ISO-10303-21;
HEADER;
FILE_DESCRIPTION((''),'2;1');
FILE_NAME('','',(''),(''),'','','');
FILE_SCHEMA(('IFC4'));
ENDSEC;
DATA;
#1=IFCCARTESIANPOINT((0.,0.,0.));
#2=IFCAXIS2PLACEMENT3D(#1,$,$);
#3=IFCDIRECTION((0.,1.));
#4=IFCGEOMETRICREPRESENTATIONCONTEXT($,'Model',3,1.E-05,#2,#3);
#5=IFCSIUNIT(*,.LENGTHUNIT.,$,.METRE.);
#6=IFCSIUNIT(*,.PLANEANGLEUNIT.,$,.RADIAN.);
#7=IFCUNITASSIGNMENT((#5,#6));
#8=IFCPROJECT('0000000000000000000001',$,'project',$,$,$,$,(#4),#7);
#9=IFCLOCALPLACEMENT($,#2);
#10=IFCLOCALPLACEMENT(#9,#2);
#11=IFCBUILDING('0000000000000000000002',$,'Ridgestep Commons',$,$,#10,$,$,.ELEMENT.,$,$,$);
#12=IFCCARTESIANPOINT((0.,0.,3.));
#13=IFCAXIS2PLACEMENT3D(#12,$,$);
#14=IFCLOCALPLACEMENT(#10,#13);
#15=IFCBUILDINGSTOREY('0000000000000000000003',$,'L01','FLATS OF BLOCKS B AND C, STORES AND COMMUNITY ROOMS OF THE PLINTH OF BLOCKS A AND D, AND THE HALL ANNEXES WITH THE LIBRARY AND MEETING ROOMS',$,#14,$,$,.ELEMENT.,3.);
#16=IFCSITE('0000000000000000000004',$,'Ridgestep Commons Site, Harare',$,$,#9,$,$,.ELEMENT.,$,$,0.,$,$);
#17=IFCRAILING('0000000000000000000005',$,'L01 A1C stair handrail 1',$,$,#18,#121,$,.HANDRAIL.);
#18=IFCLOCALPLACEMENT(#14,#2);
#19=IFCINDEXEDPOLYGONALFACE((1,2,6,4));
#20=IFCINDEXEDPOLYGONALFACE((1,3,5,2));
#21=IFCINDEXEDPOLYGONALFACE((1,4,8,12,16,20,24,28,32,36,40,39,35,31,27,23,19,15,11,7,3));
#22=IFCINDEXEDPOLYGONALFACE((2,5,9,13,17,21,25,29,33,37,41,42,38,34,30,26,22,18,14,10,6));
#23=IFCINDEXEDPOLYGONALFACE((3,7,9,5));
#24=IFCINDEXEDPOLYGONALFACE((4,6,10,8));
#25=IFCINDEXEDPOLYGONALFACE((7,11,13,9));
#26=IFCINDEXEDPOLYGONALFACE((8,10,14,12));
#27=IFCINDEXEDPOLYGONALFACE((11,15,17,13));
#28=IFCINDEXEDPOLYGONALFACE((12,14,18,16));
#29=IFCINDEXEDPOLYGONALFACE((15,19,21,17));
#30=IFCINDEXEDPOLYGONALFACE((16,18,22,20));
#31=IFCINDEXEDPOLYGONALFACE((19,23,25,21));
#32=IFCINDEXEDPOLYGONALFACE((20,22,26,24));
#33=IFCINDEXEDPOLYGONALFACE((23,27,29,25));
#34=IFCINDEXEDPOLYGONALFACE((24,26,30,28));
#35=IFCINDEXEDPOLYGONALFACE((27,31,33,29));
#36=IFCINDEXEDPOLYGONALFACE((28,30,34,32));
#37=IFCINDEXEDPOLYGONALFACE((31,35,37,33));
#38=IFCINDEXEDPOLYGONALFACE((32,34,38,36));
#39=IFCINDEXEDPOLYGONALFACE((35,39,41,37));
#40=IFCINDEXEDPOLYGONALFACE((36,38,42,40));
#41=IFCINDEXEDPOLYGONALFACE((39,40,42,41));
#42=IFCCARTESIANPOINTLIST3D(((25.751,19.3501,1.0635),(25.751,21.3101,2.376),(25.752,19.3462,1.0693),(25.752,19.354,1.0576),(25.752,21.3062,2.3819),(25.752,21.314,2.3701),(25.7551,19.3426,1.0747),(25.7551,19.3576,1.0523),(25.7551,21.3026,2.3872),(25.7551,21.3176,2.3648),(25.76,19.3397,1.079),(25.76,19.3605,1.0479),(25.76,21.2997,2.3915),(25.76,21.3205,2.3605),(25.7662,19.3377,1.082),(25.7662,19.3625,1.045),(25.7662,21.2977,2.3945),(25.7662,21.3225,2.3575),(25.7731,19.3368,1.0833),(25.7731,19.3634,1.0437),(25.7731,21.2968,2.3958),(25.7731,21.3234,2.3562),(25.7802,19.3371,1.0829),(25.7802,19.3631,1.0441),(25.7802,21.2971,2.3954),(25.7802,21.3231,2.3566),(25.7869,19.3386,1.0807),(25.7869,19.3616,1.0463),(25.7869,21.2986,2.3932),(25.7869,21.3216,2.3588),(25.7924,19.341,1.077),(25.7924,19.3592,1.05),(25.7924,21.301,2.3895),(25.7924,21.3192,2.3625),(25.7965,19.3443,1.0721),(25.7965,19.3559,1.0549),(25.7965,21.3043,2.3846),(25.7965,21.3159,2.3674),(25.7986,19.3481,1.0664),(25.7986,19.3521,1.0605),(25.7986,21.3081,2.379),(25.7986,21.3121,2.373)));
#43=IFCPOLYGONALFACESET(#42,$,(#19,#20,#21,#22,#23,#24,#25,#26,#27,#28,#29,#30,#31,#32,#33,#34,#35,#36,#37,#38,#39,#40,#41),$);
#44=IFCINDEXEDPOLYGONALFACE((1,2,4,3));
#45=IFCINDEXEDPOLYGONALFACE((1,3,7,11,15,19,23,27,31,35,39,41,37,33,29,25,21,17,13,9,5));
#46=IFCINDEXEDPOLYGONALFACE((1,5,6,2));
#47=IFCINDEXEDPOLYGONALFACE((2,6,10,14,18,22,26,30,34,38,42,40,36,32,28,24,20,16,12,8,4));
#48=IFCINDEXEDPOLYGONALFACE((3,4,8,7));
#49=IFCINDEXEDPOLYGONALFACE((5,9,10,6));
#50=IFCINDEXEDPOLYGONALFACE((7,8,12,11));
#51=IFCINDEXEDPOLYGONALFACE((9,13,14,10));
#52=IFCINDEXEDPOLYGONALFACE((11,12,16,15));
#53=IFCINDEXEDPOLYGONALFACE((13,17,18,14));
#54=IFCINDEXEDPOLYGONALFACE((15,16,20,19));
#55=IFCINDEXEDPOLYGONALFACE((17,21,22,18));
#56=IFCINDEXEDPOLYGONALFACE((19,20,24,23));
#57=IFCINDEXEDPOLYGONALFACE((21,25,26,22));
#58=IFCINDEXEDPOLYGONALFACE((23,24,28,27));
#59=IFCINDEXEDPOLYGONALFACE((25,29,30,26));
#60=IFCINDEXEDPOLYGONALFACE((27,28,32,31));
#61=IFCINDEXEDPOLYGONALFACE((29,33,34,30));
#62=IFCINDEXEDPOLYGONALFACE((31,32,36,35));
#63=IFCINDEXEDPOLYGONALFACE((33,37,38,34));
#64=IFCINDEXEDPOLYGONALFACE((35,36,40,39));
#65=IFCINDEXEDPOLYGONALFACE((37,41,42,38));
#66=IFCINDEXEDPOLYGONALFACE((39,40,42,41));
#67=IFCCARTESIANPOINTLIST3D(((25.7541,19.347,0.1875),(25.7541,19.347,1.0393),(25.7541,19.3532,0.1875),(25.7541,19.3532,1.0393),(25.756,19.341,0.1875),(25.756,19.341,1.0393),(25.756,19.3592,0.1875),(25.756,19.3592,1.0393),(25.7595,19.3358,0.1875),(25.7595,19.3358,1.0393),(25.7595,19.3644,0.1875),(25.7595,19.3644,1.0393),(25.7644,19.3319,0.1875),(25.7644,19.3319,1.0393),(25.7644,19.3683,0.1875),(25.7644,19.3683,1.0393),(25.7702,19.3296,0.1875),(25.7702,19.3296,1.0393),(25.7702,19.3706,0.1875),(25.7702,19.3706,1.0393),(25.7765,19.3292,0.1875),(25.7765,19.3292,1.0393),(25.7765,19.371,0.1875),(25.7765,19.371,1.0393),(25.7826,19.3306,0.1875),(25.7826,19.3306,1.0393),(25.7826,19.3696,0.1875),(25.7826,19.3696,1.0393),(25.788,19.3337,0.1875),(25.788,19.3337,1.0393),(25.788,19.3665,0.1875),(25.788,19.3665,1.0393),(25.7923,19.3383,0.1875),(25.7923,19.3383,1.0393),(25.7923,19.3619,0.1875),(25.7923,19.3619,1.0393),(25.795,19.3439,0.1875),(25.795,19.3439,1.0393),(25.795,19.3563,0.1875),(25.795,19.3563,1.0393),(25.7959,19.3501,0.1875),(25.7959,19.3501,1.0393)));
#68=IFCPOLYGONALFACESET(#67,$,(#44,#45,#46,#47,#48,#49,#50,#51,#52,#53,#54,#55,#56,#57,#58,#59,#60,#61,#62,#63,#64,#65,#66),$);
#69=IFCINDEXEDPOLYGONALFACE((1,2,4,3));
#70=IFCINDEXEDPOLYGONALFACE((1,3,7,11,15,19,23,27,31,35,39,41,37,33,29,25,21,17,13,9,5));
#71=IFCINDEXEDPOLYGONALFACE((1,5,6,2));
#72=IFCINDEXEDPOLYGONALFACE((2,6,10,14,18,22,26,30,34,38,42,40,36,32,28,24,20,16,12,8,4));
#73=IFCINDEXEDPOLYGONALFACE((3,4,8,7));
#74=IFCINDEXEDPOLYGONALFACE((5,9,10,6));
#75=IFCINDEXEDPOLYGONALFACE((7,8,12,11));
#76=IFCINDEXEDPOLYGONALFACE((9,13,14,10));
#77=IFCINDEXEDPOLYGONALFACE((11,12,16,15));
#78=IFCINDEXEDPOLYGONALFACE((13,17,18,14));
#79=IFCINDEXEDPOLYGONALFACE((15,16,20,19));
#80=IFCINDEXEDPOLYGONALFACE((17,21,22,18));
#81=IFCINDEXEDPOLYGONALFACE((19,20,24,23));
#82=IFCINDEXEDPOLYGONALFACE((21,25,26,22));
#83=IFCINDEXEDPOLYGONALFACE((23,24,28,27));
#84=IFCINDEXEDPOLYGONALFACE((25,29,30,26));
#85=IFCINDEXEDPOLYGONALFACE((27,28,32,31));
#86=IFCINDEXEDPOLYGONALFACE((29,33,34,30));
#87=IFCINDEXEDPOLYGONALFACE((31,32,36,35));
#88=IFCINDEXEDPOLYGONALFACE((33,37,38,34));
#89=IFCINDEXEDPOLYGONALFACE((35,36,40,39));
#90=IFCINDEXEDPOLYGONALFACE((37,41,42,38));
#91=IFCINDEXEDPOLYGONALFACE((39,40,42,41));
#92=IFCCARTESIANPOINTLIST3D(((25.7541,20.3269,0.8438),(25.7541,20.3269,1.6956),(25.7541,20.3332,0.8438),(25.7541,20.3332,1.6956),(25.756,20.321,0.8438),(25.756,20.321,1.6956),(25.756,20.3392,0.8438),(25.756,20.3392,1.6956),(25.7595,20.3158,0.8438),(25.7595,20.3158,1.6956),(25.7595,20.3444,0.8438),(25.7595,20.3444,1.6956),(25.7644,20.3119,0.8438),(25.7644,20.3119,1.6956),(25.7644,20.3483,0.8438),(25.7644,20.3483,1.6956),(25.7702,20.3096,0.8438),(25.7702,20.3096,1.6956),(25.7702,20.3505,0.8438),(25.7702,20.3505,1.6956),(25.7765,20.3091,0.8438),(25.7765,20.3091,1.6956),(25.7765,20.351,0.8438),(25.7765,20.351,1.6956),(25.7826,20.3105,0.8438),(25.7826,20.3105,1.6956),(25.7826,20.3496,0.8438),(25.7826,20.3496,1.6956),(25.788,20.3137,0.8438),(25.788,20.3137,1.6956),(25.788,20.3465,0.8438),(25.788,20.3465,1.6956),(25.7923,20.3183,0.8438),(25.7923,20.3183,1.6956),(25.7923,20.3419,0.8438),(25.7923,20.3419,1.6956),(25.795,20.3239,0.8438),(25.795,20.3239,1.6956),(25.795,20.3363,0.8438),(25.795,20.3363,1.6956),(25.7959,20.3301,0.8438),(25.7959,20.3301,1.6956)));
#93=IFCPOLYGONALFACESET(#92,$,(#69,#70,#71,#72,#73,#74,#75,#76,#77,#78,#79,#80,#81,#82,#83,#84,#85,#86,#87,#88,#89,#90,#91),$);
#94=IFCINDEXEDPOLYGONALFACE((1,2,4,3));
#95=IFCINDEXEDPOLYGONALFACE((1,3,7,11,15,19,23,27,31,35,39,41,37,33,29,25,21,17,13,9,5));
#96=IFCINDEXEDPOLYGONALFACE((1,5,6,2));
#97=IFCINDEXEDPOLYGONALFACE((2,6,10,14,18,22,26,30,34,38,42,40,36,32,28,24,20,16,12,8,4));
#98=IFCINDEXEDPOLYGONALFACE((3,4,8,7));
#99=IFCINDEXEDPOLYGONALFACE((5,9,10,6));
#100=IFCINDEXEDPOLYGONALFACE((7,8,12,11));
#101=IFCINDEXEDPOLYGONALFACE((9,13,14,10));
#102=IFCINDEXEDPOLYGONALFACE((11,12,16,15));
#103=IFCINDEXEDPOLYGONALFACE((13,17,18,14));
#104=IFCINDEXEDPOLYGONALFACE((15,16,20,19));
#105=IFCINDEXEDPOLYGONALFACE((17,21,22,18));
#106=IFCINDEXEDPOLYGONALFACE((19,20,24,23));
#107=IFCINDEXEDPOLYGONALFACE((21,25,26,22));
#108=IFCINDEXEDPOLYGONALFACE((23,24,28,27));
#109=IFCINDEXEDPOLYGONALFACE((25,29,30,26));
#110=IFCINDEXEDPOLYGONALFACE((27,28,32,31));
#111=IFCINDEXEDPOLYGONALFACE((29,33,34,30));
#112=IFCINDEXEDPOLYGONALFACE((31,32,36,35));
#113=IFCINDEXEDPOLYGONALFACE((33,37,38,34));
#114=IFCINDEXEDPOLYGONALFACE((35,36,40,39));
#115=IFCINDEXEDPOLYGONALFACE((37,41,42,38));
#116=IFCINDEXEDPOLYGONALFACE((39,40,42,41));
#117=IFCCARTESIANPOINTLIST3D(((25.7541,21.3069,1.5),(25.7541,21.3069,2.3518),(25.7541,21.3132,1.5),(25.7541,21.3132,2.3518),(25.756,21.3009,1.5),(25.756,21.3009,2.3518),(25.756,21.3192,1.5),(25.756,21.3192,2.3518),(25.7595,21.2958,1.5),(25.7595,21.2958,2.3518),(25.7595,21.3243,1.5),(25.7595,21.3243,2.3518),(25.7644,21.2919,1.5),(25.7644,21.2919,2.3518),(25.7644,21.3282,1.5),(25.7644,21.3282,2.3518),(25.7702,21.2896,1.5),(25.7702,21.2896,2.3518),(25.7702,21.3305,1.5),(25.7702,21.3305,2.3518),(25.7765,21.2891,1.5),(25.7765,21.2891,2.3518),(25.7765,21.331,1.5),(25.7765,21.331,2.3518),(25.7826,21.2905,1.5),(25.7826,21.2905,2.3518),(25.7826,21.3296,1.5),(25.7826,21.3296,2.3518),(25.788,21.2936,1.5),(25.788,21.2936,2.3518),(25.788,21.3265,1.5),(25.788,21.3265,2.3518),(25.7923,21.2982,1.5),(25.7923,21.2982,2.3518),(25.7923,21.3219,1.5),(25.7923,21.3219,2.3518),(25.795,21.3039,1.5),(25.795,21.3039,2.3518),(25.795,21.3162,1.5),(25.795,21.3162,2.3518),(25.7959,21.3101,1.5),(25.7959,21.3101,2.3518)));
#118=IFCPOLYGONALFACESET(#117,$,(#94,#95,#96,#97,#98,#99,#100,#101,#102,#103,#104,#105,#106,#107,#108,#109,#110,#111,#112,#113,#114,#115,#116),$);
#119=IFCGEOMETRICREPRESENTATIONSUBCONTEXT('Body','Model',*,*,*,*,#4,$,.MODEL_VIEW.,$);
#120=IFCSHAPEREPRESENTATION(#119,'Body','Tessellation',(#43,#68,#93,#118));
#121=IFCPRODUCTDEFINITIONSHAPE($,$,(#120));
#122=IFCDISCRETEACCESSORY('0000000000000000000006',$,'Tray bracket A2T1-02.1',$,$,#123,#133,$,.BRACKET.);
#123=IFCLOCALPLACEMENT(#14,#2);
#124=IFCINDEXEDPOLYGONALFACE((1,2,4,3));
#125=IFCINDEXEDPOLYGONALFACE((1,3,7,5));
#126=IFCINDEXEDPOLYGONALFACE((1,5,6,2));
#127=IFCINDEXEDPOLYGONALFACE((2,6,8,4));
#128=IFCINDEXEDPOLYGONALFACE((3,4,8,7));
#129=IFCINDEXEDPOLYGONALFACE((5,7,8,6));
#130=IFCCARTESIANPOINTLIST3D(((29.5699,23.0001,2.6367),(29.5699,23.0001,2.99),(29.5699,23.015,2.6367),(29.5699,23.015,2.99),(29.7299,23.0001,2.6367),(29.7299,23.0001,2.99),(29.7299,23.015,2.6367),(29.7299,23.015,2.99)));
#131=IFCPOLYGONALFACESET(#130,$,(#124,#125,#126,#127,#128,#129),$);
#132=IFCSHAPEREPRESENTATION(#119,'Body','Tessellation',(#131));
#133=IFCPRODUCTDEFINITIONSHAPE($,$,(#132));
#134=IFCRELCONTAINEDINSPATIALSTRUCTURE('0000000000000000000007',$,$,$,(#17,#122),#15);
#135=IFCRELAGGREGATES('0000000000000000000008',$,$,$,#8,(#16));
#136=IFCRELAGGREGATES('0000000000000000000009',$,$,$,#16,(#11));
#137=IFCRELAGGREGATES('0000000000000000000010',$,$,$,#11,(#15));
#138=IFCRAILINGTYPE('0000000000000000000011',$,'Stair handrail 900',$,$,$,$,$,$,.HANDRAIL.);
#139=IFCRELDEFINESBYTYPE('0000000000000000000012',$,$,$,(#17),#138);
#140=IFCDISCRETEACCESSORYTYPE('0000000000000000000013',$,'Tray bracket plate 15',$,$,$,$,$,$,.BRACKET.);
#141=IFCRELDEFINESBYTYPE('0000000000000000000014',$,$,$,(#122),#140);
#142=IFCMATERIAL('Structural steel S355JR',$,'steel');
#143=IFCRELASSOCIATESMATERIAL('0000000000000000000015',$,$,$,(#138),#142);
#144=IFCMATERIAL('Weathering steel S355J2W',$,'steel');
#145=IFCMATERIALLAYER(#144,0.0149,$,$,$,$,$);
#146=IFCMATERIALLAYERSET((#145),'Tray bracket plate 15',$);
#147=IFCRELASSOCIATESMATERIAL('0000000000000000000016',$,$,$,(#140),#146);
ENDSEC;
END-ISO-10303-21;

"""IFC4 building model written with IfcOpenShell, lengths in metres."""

from ifc_helpers import new_model, si_unit, direction, frame, origin, origin_2d, place, context, subcontext, project, spatial, rectangle, circle, extrude, material, layer, layer_set, type_object, element, save


model = new_model("IFC4")

# Units and contexts
model_context = context("Model", 3, precision=1e-05, world=origin(), true_north=direction((0.0, 1.0)))
body_context = subcontext(model_context, "Body", "Model", "MODEL_VIEW")
ifc_project = project(units=[si_unit("LENGTHUNIT", "METRE"), si_unit("PLANEANGLEUNIT", "RADIAN")], contexts=[model_context])

# Site, building, storey
site_placement = place(None, origin())
site = spatial("IfcSite", under=ifc_project, at=site_placement, Name="Ridgestep Commons Site, Harare", CompositionType="ELEMENT", RefElevation=0.0)
building_placement = place(site_placement, origin())
building = spatial("IfcBuilding", under=site, at=building_placement, Name="Ridgestep Commons", CompositionType="ELEMENT")
storey_placement = place(building_placement, frame((0.0, 0.0, 3.0)))
storey = spatial("IfcBuildingStorey", under=building, at=storey_placement, Name="L01", Description="FLATS OF BLOCKS B AND C, STORES AND COMMUNITY ROOMS OF THE PLINTH OF BLOCKS A AND D, AND THE HALL ANNEXES WITH THE LIBRARY AND MEETING ROOMS", CompositionType="ELEMENT", Elevation=3.0)

# Railing
ifc_material_1 = material(Name="Structural steel S355JR", Category="steel")
railing_type_1 = type_object("IfcRailingType", Name="Stair handrail 900", PredefinedType="HANDRAIL", material=ifc_material_1)
railing_1_placement = place(storey_placement, frame((25.7749, 19.3501, 0.1875)))
element("IfcRailing", 1, at=railing_1_placement, inside=storey, type_object=railing_type_1, Name="L01 A1C stair handrail 1", PredefinedType="HANDRAIL", context=body_context, shape_type="SweptSolid", body=[
    extrude(circle(Radius=0.0239, at=origin_2d()), frame((0.0, 0.0, 0.876), z_axis=(0.0, 0.830902, 0.556419), x_axis=(-1.0, 0.0, 0.0)), (0.0, 0.0, 1.0), 2.3589),
    extrude(circle(Radius=0.021, at=origin_2d()), origin(), (0.0, 0.0, 1.0), 0.8518),
    extrude(circle(Radius=0.021, at=origin_2d()), frame((0.0, 0.98, 0.6562)), (0.0, 0.0, 1.0), 0.8518),
    extrude(circle(Radius=0.021, at=origin_2d()), frame((0.0, 1.96, 1.3125)), (0.0, 0.0, 1.0), 0.8518),
])

# Discrete accessory
ifc_material_2 = material(Name="Weathering steel S355J2W", Category="steel")
ifc_layer_1 = layer(ifc_material_2, 0.0149)
ifc_layer_set_1 = layer_set([ifc_layer_1], Name="Tray bracket plate 15")
discrete_accessory_type = type_object("IfcDiscreteAccessoryType", Name="Tray bracket plate 15", PredefinedType="BRACKET", material=ifc_layer_set_1)
discrete_accessory_placement = place(storey_placement, frame((29.6499, 23.0076, 2.6367), z_axis=(0.0, 0.0, 1.0), x_axis=(1.0, 0.0, 0.0)))
element("IfcDiscreteAccessory", 2, at=discrete_accessory_placement, inside=storey, type_object=discrete_accessory_type, Name="Tray bracket A2T1-02.1", PredefinedType="BRACKET", context=body_context, shape_type="SweptSolid", body=[
    extrude(rectangle(XDim=0.1599, YDim=0.0149, at=origin_2d()), origin(), (0.0, 0.0, 1.0), 0.3533),
])

save(model, "model.ifc")
